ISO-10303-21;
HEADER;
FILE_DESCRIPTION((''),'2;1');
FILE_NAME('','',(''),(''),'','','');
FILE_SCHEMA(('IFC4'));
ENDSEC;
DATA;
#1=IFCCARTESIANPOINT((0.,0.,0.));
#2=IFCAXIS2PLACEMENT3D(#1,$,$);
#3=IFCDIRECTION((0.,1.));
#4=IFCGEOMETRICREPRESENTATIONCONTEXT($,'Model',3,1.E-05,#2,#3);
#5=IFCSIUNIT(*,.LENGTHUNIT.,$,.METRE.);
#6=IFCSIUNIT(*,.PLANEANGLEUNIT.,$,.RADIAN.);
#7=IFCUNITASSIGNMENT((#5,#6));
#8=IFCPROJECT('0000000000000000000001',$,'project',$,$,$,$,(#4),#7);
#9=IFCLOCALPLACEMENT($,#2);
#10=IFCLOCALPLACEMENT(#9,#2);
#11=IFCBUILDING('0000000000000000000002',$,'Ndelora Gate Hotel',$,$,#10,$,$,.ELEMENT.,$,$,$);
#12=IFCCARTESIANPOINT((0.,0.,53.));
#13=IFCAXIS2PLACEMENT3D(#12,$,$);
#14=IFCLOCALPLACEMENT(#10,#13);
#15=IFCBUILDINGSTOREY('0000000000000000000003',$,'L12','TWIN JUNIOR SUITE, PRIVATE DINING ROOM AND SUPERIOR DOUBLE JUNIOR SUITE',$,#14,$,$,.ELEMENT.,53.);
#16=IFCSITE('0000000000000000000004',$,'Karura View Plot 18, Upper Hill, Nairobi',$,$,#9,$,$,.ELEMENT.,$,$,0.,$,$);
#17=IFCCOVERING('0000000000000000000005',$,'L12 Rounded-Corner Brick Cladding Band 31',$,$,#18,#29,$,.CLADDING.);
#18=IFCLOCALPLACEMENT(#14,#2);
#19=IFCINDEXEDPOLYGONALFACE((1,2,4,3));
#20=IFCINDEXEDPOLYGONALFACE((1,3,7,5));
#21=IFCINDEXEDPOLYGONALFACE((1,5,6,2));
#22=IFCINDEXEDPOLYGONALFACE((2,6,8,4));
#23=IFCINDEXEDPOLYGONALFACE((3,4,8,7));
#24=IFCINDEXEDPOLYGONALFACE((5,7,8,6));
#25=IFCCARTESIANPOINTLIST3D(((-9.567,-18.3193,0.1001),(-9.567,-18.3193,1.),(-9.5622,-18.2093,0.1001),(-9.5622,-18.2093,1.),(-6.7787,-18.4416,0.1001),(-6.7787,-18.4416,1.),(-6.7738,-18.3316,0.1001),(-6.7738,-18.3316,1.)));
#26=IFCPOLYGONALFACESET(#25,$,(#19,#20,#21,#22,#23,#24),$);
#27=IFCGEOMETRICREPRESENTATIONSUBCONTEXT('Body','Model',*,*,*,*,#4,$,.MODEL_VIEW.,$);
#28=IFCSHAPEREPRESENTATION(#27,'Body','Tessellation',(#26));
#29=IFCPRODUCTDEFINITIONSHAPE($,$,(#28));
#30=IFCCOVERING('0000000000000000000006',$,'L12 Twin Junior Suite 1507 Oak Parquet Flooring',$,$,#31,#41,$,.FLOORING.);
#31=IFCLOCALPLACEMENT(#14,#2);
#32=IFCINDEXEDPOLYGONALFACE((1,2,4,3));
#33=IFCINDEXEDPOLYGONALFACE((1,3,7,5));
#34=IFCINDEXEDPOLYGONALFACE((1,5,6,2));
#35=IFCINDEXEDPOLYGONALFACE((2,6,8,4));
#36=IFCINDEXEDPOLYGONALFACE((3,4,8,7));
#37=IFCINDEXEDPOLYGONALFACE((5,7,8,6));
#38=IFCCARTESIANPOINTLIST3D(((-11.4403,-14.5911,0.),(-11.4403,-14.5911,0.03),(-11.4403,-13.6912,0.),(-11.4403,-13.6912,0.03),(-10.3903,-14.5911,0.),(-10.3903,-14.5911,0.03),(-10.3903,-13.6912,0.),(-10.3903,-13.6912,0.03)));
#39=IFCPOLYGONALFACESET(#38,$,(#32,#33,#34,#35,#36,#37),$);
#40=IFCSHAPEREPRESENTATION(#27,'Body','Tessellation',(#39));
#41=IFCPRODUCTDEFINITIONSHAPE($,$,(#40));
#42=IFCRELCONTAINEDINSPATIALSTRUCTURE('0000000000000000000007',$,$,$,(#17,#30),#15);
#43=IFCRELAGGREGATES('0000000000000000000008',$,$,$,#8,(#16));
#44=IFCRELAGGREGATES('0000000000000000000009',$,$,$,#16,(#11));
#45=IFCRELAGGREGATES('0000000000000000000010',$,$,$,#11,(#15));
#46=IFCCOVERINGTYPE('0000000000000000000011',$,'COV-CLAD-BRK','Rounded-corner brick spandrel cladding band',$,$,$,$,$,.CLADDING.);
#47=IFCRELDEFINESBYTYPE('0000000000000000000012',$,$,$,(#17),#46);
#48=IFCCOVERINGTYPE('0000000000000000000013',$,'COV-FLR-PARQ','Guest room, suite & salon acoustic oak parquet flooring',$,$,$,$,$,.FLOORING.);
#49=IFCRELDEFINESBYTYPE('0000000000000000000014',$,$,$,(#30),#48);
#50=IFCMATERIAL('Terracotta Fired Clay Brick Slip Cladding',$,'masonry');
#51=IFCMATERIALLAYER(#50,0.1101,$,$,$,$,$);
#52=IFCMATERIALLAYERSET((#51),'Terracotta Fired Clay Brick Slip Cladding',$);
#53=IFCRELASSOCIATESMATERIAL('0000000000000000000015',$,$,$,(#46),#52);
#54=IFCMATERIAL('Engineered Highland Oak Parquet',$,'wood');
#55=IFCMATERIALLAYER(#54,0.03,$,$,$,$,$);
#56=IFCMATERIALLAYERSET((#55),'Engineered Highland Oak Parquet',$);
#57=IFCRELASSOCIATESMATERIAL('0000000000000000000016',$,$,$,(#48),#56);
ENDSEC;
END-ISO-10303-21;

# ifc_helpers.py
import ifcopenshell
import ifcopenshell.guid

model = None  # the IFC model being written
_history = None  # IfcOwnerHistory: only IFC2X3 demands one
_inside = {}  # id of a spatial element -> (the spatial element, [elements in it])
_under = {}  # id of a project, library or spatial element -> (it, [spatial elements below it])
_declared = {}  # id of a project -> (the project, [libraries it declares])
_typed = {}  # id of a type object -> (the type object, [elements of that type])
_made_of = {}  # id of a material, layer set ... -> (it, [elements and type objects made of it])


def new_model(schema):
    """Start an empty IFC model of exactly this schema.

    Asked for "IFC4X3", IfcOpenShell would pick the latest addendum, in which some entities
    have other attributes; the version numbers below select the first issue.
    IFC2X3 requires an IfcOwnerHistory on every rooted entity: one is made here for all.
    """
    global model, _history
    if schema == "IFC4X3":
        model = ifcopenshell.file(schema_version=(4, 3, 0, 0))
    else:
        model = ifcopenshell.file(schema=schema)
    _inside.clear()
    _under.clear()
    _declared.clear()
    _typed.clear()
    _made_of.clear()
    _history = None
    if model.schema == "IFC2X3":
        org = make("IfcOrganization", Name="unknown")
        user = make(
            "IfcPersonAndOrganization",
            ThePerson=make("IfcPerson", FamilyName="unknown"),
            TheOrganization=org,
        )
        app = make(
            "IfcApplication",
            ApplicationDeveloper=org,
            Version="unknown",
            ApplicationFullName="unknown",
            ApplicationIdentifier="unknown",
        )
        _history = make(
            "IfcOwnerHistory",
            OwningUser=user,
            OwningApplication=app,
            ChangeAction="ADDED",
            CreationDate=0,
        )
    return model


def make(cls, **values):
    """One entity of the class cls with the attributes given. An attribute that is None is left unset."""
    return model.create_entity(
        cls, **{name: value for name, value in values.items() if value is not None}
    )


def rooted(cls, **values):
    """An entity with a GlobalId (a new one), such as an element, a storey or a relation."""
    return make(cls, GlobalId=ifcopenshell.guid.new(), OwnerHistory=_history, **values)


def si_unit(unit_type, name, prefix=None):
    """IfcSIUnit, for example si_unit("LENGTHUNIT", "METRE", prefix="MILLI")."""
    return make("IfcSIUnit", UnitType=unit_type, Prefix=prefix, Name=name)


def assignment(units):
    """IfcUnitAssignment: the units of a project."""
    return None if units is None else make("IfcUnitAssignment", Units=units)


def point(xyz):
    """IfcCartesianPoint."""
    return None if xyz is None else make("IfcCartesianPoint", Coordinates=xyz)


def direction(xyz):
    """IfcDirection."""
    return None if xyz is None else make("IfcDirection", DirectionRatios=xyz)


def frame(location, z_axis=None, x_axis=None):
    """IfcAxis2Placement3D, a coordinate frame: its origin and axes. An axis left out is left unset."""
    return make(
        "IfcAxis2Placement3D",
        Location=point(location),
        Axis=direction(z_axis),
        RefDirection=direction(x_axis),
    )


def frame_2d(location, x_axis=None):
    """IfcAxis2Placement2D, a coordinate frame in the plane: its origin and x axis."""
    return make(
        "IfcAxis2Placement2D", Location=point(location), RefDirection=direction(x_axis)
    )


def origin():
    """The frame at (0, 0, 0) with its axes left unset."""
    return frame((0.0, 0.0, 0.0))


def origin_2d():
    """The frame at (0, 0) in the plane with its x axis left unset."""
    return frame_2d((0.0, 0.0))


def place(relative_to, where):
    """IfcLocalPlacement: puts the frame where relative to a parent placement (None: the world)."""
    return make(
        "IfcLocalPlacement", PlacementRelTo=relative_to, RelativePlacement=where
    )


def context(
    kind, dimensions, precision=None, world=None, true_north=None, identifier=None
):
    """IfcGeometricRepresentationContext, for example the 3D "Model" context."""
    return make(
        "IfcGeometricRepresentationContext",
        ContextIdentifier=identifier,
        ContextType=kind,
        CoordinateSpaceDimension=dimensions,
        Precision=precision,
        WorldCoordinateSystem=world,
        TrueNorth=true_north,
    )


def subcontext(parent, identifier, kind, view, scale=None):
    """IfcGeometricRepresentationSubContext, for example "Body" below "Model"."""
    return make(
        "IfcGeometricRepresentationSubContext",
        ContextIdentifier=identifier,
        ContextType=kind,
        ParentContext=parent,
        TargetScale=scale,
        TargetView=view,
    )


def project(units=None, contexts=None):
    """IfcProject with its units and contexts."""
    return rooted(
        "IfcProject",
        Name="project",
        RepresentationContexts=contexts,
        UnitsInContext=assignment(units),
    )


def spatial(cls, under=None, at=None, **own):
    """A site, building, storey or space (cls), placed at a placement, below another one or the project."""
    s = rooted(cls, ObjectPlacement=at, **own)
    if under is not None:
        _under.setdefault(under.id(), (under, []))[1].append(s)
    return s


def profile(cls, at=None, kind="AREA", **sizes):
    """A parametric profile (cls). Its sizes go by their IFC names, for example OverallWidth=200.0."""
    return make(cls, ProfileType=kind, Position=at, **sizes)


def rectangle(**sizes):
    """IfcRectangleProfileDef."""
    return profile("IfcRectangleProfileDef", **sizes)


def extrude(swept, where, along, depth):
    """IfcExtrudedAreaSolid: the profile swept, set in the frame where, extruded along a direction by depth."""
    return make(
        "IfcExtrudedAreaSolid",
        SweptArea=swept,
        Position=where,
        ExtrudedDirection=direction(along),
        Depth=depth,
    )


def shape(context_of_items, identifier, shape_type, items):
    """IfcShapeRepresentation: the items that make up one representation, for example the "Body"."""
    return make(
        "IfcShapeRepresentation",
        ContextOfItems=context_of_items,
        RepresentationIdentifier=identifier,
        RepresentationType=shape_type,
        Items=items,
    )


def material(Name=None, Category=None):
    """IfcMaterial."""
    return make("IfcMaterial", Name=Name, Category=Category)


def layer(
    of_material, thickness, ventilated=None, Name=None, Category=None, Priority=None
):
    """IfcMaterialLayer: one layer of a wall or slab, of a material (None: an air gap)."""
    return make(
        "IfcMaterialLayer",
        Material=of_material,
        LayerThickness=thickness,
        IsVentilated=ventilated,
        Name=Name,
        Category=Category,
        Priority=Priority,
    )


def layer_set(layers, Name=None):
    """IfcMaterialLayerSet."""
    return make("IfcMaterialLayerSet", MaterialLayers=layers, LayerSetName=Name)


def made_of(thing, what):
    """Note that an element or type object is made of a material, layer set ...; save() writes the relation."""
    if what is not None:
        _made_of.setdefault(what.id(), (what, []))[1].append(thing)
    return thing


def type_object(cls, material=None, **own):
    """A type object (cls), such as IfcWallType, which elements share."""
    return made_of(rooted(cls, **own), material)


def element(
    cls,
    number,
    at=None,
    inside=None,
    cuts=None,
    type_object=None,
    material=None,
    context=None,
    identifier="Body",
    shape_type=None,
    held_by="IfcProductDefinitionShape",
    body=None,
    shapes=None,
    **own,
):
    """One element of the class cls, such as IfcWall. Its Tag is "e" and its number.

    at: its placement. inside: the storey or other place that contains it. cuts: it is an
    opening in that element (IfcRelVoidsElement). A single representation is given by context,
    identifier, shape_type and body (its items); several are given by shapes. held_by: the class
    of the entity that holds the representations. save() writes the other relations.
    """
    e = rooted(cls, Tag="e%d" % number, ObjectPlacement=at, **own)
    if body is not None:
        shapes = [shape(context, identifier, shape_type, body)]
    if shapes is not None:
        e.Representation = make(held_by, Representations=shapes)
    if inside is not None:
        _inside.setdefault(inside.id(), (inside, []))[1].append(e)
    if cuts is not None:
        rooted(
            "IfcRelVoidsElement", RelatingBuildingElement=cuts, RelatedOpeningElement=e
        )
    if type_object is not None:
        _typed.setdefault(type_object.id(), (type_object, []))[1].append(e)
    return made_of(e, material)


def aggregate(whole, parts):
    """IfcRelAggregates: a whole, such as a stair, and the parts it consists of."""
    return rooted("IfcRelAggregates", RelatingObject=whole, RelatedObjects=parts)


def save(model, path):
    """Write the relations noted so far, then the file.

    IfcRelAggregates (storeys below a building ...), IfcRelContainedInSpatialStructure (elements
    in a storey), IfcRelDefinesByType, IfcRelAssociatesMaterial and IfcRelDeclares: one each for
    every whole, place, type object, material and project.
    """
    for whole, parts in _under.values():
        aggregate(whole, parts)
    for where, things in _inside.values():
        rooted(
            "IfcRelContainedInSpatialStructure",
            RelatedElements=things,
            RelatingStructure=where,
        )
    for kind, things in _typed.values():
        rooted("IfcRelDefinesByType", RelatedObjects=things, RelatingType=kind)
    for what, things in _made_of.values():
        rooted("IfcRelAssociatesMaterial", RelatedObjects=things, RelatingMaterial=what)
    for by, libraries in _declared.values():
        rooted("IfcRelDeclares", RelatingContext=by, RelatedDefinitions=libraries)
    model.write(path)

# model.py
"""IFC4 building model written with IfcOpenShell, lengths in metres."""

from ifc_helpers import new_model, si_unit, direction, frame, origin, origin_2d, place, context, subcontext, project, spatial, rectangle, extrude, material, layer, layer_set, type_object, element, save


model = new_model("IFC4")

# Units and contexts
model_context = context("Model", 3, precision=1e-05, world=origin(), true_north=direction((0.0, 1.0)))
body_context = subcontext(model_context, "Body", "Model", "MODEL_VIEW")
ifc_project = project(units=[si_unit("LENGTHUNIT", "METRE"), si_unit("PLANEANGLEUNIT", "RADIAN")], contexts=[model_context])

# Site, building, storey
site_placement = place(None, origin())
site = spatial("IfcSite", under=ifc_project, at=site_placement, Name="Karura View Plot 18, Upper Hill, Nairobi", CompositionType="ELEMENT", RefElevation=0.0)
building_placement = place(site_placement, origin())
building = spatial("IfcBuilding", under=site, at=building_placement, Name="Ndelora Gate Hotel", CompositionType="ELEMENT")
storey_placement = place(building_placement, frame((0.0, 0.0, 53.0)))
storey = spatial("IfcBuildingStorey", under=building, at=storey_placement, Name="L12", Description="TWIN JUNIOR SUITE, PRIVATE DINING ROOM AND SUPERIOR DOUBLE JUNIOR SUITE", CompositionType="ELEMENT", Elevation=53.0)

# Coverings
ifc_material_1 = material(Name="Terracotta Fired Clay Brick Slip Cladding", Category="masonry")
ifc_layer_1 = layer(ifc_material_1, 0.1101)
ifc_layer_set_1 = layer_set([ifc_layer_1], Name="Terracotta Fired Clay Brick Slip Cladding")
covering_type_1 = type_object("IfcCoveringType", Name="COV-CLAD-BRK", Description="Rounded-corner brick spandrel cladding band", PredefinedType="CLADDING", material=ifc_layer_set_1)
covering_1_placement = place(storey_placement, frame((-8.1704, -18.3254, 0.1001), z_axis=(0.0, 0.0, 1.0), x_axis=(-0.999041, 0.043794, 0.0)))
element("IfcCovering", 1, at=covering_1_placement, inside=storey, type_object=covering_type_1, Name="L12 Rounded-Corner Brick Cladding Band 31", PredefinedType="CLADDING", context=body_context, shape_type="SweptSolid", body=[
    extrude(rectangle(XDim=2.791, YDim=0.1101, at=origin_2d()), origin(), (0.0, 0.0, 1.0), 0.8999),
])
ifc_material_2 = material(Name="Engineered Highland Oak Parquet", Category="wood")
ifc_layer_2 = layer(ifc_material_2, 0.03)
ifc_layer_set_2 = layer_set([ifc_layer_2], Name="Engineered Highland Oak Parquet")
covering_type_2 = type_object("IfcCoveringType", Name="COV-FLR-PARQ", Description="Guest room, suite & salon acoustic oak parquet flooring", PredefinedType="FLOORING", material=ifc_layer_set_2)
covering_2_placement = place(storey_placement, frame((-10.9153, -14.1411, 0.0), z_axis=(0.0, 0.0, 1.0), x_axis=(1.0, 0.0, 0.0)))
element("IfcCovering", 2, at=covering_2_placement, inside=storey, type_object=covering_type_2, Name="L12 Twin Junior Suite 1507 Oak Parquet Flooring", PredefinedType="FLOORING", context=body_context, shape_type="SweptSolid", body=[
    extrude(rectangle(XDim=1.05, YDim=0.8999, at=origin_2d()), origin(), (0.0, 0.0, 1.0), 0.03),
])

save(model, "model.ifc")
